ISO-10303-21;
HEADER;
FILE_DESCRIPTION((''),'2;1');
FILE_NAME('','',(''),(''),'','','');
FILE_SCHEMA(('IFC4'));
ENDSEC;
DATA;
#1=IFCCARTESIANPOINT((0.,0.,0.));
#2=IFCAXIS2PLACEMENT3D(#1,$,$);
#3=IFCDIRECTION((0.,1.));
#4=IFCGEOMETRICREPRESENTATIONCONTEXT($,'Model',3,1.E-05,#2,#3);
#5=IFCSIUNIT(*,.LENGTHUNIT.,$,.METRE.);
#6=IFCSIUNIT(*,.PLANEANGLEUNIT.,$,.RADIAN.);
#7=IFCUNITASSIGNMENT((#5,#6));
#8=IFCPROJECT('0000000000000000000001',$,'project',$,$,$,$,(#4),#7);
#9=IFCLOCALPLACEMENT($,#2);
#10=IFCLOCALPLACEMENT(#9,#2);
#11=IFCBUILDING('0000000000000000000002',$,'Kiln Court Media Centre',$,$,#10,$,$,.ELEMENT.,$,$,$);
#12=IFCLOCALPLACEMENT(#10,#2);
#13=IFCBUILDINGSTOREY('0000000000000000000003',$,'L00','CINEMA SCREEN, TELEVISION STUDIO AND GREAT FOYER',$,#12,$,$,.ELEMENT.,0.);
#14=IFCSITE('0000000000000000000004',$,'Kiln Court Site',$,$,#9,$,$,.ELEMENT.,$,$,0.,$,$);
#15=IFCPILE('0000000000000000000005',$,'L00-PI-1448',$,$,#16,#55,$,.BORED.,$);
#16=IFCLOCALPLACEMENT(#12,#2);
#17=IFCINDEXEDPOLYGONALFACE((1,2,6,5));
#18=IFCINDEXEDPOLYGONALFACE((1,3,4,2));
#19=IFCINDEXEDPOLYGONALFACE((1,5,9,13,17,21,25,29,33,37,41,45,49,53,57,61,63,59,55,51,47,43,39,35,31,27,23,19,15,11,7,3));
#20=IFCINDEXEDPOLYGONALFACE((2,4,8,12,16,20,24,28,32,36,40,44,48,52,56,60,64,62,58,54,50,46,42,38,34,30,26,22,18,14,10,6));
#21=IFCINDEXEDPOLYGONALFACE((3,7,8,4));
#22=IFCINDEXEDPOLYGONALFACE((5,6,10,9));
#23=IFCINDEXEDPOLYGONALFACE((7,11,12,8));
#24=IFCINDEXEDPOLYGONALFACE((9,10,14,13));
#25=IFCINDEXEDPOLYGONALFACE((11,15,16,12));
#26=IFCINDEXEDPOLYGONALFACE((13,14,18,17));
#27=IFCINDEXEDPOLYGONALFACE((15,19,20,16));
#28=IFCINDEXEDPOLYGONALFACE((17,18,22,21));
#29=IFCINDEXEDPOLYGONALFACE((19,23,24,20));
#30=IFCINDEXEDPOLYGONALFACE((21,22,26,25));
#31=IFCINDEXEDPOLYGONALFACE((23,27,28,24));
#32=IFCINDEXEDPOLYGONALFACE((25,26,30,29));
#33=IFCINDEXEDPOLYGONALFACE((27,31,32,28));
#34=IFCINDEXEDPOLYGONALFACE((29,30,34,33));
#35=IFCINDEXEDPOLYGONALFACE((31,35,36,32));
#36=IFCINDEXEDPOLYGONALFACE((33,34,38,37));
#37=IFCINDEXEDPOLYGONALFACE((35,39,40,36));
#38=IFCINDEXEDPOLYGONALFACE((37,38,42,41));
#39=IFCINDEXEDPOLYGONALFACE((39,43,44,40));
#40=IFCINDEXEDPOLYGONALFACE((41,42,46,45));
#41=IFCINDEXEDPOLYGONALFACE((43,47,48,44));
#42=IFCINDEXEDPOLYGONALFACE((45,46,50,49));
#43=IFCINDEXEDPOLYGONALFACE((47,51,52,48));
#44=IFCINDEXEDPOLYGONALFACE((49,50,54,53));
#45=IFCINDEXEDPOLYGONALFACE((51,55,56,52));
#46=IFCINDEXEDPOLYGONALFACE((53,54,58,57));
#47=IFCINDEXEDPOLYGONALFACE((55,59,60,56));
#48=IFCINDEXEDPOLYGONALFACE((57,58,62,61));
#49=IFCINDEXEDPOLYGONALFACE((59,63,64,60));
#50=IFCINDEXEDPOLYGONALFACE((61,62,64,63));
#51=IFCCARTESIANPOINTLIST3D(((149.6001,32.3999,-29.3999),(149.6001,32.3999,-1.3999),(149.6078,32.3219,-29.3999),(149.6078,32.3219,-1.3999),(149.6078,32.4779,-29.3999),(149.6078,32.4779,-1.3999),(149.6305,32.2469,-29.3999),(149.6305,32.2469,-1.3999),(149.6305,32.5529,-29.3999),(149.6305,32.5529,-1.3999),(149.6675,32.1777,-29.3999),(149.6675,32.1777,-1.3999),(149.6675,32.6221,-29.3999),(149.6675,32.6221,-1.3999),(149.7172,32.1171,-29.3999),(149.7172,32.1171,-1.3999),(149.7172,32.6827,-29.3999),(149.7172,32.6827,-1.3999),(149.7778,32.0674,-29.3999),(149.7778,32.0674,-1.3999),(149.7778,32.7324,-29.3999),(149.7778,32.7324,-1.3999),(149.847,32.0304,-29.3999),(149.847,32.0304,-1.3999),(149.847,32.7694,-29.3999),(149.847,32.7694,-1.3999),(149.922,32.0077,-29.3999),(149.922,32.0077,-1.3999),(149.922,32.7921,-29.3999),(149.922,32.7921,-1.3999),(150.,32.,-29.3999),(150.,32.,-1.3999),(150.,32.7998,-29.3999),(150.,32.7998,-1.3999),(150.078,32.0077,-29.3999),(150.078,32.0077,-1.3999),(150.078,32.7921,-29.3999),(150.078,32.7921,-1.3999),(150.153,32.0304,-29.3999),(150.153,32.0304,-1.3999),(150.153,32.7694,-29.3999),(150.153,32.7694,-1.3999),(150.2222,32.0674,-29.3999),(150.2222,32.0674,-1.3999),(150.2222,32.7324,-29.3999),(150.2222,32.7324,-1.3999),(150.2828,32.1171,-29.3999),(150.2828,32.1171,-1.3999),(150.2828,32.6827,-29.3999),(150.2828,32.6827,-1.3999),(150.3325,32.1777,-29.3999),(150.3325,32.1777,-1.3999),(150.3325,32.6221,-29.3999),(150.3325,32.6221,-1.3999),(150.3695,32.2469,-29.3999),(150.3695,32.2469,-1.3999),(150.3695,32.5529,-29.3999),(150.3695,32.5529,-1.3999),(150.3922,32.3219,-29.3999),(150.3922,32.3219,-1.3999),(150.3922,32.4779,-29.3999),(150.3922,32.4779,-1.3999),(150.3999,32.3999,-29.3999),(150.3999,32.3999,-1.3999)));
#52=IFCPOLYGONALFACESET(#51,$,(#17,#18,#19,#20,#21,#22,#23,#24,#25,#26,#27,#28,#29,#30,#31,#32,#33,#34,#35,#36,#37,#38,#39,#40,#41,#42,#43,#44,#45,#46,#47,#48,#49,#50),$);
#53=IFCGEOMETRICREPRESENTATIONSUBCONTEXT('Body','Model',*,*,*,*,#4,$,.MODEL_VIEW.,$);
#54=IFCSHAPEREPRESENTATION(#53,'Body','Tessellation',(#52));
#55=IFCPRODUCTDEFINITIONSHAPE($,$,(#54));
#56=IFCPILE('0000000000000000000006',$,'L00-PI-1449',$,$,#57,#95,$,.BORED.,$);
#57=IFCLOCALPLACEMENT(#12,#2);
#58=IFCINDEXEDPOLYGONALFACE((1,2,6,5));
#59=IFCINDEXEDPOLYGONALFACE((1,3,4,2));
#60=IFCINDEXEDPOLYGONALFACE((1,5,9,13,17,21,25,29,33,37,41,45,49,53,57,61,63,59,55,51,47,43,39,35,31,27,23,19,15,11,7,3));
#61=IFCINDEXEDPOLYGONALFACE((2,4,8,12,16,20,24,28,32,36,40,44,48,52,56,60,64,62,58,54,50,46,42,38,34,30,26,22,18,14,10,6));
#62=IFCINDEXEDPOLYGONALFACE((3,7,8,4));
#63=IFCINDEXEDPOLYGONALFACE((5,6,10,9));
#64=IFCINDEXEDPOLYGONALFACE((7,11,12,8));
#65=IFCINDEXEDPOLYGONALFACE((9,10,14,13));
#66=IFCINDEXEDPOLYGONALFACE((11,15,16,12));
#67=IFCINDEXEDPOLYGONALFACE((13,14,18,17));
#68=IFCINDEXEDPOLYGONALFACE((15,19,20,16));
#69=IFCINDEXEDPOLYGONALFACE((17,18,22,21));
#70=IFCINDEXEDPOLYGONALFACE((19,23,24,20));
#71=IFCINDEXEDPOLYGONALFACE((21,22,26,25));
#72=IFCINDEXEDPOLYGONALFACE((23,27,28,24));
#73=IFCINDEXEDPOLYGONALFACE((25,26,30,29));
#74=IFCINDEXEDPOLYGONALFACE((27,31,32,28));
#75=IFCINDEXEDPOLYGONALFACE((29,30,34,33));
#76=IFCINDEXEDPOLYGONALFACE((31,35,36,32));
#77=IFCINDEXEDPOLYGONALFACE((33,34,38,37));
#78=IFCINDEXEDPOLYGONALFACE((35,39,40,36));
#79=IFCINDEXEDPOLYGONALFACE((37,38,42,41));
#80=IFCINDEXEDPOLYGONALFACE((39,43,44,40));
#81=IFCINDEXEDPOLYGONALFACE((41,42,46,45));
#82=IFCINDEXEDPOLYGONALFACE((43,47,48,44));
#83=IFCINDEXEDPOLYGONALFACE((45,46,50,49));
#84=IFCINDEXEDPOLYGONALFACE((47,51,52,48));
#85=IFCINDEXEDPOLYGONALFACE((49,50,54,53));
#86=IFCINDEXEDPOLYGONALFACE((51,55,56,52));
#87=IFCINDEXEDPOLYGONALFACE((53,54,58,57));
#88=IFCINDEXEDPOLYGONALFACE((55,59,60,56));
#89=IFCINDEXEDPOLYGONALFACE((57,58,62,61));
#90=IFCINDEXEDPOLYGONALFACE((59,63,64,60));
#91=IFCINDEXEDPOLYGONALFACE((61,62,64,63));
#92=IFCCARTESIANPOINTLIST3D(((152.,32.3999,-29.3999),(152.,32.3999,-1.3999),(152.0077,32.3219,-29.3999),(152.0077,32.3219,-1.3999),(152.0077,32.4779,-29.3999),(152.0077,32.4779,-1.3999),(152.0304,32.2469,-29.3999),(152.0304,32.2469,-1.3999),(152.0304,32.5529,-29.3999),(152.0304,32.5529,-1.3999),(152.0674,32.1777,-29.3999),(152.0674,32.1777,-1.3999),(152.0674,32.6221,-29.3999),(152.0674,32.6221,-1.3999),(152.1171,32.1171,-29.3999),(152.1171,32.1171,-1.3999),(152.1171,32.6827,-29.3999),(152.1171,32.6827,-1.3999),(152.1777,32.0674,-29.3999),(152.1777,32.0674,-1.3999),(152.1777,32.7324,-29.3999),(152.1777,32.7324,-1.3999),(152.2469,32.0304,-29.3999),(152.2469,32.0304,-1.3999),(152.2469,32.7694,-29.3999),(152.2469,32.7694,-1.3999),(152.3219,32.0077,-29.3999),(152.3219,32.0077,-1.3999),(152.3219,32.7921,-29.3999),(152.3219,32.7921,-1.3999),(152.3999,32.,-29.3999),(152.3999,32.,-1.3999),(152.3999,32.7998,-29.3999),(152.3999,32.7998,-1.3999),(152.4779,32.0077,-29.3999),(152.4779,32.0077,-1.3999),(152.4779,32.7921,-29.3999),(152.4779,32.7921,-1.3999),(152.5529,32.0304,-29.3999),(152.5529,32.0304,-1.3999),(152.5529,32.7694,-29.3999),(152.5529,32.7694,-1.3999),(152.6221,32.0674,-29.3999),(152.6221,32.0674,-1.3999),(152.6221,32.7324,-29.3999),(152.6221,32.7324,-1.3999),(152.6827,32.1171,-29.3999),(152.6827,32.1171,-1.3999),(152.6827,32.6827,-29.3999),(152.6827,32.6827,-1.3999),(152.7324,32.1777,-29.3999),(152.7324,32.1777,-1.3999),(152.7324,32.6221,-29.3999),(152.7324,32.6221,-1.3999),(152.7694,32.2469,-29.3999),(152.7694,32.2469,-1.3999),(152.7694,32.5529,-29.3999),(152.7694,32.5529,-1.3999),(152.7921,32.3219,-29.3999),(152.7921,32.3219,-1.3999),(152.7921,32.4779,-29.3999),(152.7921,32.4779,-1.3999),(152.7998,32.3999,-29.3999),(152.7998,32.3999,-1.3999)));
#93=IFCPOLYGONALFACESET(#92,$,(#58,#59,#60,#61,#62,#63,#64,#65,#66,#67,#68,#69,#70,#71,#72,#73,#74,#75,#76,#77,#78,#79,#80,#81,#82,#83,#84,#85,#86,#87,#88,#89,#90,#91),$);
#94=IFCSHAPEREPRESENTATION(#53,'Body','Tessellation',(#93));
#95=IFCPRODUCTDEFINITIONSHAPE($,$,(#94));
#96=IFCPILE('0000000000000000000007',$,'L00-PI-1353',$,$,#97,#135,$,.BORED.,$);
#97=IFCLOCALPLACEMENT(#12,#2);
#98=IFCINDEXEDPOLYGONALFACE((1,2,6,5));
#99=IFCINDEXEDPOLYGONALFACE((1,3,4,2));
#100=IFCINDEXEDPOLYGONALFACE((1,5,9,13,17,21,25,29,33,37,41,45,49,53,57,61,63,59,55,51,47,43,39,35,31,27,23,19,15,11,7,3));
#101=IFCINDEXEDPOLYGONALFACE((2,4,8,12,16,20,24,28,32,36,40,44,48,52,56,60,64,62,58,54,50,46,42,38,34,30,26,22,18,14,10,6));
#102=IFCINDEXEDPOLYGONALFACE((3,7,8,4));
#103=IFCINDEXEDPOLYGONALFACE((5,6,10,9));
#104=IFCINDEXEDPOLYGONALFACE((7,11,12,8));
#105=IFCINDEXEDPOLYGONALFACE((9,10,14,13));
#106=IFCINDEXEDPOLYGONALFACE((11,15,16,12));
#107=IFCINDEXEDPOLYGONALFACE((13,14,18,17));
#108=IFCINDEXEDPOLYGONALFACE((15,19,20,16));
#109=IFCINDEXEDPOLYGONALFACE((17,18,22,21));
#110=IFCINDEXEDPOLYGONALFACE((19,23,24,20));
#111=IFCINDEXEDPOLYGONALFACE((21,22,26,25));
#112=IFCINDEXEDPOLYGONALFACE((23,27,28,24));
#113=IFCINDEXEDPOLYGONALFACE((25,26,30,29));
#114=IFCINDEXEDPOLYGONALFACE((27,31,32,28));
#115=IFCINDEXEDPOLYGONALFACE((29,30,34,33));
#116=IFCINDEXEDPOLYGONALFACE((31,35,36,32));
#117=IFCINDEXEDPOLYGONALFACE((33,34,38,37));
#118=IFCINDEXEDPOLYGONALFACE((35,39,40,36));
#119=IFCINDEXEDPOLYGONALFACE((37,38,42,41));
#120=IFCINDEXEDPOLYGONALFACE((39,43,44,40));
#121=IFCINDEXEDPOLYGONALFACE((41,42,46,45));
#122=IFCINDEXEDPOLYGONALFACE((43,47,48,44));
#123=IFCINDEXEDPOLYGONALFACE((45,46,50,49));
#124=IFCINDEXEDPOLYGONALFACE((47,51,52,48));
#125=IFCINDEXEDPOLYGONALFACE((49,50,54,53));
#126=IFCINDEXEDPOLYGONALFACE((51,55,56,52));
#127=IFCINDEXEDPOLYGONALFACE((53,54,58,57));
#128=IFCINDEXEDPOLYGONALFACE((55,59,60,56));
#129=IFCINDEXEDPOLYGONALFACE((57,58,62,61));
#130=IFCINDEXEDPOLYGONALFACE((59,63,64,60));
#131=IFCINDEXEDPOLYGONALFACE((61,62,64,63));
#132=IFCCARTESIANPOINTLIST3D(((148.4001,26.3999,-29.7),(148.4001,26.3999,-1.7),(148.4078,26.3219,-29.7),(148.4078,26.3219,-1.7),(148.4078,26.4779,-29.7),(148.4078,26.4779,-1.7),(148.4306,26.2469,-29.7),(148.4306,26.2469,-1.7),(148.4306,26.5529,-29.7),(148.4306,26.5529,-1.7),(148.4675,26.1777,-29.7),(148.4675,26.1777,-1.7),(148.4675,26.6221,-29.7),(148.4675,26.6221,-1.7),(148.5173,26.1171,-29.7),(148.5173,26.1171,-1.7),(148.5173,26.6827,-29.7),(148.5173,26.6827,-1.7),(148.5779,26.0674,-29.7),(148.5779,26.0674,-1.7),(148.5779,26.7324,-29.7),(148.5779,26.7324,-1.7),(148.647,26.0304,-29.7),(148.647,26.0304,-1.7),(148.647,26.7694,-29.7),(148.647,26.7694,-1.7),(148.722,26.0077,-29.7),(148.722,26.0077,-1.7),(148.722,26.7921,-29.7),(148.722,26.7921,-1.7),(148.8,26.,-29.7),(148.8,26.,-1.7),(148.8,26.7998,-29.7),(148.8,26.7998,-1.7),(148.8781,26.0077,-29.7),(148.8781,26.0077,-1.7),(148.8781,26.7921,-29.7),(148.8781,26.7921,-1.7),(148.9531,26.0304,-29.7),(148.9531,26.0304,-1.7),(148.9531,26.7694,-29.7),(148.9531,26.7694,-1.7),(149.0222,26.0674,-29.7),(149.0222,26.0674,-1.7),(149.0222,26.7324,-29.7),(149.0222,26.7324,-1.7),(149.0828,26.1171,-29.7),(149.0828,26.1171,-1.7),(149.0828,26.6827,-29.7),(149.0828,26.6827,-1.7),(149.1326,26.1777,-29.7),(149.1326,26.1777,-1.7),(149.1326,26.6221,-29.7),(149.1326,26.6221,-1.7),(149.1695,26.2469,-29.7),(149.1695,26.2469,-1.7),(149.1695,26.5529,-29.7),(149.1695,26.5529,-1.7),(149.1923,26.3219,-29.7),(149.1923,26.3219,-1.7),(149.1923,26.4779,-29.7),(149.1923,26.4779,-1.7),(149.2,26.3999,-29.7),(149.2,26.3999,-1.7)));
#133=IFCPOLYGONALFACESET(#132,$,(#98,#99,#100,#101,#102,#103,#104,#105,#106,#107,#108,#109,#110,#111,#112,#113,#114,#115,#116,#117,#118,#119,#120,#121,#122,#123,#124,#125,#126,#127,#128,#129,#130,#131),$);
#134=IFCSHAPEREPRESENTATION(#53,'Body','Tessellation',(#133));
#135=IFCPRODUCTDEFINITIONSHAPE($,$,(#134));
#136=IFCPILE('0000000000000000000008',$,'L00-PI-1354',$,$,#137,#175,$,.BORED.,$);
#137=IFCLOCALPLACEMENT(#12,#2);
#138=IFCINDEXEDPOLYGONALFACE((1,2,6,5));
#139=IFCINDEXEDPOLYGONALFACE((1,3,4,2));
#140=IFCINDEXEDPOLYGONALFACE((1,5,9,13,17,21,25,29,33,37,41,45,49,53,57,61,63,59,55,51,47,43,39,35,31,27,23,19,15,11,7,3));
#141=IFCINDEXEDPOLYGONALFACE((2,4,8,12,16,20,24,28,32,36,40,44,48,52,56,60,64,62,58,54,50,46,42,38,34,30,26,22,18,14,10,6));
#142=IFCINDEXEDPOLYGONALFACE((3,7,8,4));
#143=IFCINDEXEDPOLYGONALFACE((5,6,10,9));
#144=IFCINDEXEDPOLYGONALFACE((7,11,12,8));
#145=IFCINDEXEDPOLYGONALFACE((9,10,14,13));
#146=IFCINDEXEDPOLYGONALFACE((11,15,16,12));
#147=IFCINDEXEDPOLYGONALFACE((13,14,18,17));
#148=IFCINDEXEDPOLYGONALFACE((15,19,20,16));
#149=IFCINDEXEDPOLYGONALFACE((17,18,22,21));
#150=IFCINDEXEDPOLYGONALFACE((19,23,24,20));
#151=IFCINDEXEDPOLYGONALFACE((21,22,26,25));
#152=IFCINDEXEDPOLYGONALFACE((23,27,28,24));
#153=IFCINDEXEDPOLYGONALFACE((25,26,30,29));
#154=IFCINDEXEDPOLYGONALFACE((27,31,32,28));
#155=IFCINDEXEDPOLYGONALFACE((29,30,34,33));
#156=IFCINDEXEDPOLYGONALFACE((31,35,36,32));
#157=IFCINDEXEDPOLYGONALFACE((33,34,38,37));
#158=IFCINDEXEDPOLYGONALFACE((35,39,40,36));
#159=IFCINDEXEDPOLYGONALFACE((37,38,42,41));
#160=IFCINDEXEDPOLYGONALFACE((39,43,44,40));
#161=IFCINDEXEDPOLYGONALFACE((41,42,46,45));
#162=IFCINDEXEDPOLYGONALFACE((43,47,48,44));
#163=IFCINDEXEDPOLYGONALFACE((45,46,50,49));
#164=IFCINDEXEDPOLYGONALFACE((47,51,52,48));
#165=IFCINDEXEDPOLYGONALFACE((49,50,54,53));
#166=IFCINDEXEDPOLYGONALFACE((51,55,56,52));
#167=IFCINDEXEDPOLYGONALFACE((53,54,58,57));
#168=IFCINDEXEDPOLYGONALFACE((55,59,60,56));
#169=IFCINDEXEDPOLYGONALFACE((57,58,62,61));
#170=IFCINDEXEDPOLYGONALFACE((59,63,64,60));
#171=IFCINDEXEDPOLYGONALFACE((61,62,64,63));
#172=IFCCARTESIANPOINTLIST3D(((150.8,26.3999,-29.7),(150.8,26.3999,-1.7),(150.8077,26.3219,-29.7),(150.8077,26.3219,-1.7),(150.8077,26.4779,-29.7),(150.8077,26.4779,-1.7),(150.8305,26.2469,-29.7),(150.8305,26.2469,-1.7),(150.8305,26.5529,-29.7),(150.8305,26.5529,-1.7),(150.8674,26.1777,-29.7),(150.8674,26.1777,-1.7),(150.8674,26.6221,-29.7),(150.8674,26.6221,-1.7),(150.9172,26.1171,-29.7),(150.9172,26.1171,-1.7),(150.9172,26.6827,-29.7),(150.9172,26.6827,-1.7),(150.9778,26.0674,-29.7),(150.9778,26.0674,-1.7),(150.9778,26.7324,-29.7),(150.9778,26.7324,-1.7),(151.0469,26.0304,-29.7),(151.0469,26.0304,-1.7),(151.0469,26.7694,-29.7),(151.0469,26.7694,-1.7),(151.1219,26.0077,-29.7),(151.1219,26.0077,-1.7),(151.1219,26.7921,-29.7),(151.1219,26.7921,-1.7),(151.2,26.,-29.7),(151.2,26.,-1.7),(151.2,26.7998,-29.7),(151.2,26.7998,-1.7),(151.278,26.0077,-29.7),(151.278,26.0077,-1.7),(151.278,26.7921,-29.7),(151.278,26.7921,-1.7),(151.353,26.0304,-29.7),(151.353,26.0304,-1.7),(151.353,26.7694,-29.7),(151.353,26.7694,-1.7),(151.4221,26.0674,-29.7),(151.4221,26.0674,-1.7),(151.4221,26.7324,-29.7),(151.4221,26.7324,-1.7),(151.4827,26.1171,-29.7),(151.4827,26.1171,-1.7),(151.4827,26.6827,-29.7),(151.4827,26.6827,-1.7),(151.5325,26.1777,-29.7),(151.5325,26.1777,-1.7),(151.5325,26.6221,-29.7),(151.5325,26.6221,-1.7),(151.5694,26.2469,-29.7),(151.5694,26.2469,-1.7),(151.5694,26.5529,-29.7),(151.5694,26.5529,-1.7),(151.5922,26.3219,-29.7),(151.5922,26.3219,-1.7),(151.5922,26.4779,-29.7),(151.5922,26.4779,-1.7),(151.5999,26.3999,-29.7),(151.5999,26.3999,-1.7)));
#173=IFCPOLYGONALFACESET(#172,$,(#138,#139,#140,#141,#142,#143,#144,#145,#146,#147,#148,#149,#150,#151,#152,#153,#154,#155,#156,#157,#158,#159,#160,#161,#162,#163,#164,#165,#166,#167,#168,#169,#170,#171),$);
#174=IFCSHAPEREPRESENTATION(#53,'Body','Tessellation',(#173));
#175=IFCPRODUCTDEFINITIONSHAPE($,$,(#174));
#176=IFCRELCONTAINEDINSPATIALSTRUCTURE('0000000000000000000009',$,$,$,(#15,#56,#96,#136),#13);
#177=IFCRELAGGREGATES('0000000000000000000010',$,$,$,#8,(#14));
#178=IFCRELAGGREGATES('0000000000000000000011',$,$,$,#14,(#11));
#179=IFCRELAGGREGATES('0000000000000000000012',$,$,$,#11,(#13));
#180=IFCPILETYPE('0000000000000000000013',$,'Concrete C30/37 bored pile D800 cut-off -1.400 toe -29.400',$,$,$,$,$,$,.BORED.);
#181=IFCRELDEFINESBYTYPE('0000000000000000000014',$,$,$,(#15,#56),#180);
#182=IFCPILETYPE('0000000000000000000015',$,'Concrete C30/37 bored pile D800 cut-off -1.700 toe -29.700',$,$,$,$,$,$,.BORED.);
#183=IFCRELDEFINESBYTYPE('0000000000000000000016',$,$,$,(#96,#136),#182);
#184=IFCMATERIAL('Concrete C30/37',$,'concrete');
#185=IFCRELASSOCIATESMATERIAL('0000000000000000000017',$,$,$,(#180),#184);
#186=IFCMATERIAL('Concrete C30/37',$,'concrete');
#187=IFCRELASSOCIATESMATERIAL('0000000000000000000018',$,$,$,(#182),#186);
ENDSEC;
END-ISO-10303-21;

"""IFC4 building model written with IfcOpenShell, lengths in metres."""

from ifc_helpers import new_model, si_unit, direction, frame, origin, origin_2d, place, context, subcontext, project, spatial, circle, extrude, material, material_profile, profile_set, type_object, element, save


model = new_model("IFC4")

# Units and contexts
model_context = context("Model", 3, precision=1e-05, world=origin(), true_north=direction((0.0, 1.0)))
body_context = subcontext(model_context, "Body", "Model", "MODEL_VIEW")
ifc_project = project(units=[si_unit("LENGTHUNIT", "METRE"), si_unit("PLANEANGLEUNIT", "RADIAN")], contexts=[model_context])

# Site, building, storey
site_placement = place(None, origin())
site = spatial("IfcSite", under=ifc_project, at=site_placement, Name="Kiln Court Site", CompositionType="ELEMENT", RefElevation=0.0)
building_placement = place(site_placement, origin())
building = spatial("IfcBuilding", under=site, at=building_placement, Name="Kiln Court Media Centre", CompositionType="ELEMENT")
storey_placement = place(building_placement, origin())
storey = spatial("IfcBuildingStorey", under=building, at=storey_placement, Name="L00", Description="CINEMA SCREEN, TELEVISION STUDIO AND GREAT FOYER", CompositionType="ELEMENT", Elevation=0.0)

# Piles
ifc_material_1 = material(Name="Concrete C30/37", Category="concrete")
ifc_material_profile_1 = material_profile(ifc_material_1, circle(Radius=0.3999, at=origin_2d()), Name="PILE D800")
ifc_profile_set_1 = profile_set([ifc_material_profile_1], Name="Concrete C30/37")
pile_type_1 = type_object("IfcPileType", Name="Concrete C30/37 bored pile D800 cut-off -1.400 toe -29.400", PredefinedType="BORED", material=ifc_profile_set_1)
for number, where, z_axis, x_axis, name in (
    (1, (150.0, 32.3999, -1.3999), (0.0, 0.0, -1.0), (1.0, 0.0, 0.0), "L00-PI-1448"),
    (2, (152.3999, 32.3999, -1.3999), (0.0, 0.0, -1.0), (1.0, 0.0, 0.0), "L00-PI-1449"),
):
    element("IfcPile", number, at=place(storey_placement, frame(where, z_axis=z_axis, x_axis=x_axis)), inside=storey, type_object=pile_type_1, Name=name, PredefinedType="BORED", context=body_context, shape_type="SweptSolid", body=[
        extrude(circle(Radius=0.3999, at=origin_2d()), origin(), (0.0, 0.0, 1.0), 28.0),
    ])
ifc_material_2 = material(Name="Concrete C30/37", Category="concrete")
ifc_material_profile_2 = material_profile(ifc_material_2, circle(Radius=0.3999, at=origin_2d()), Name="PILE D800")
ifc_profile_set_2 = profile_set([ifc_material_profile_2], Name="Concrete C30/37")
pile_type_2 = type_object("IfcPileType", Name="Concrete C30/37 bored pile D800 cut-off -1.700 toe -29.700", PredefinedType="BORED", material=ifc_profile_set_2)
for number, where, z_axis, x_axis, name in (
    (3, (148.8, 26.3999, -1.7), (0.0, 0.0, -1.0), (1.0, 0.0, 0.0), "L00-PI-1353"),
    (4, (151.2, 26.3999, -1.7), (0.0, 0.0, -1.0), (1.0, 0.0, 0.0), "L00-PI-1354"),
):
    element("IfcPile", number, at=place(storey_placement, frame(where, z_axis=z_axis, x_axis=x_axis)), inside=storey, type_object=pile_type_2, Name=name, PredefinedType="BORED", context=body_context, shape_type="SweptSolid", body=[
        extrude(circle(Radius=0.3999, at=origin_2d()), origin(), (0.0, 0.0, 1.0), 28.0),
    ])

save(model, "model.ifc")
